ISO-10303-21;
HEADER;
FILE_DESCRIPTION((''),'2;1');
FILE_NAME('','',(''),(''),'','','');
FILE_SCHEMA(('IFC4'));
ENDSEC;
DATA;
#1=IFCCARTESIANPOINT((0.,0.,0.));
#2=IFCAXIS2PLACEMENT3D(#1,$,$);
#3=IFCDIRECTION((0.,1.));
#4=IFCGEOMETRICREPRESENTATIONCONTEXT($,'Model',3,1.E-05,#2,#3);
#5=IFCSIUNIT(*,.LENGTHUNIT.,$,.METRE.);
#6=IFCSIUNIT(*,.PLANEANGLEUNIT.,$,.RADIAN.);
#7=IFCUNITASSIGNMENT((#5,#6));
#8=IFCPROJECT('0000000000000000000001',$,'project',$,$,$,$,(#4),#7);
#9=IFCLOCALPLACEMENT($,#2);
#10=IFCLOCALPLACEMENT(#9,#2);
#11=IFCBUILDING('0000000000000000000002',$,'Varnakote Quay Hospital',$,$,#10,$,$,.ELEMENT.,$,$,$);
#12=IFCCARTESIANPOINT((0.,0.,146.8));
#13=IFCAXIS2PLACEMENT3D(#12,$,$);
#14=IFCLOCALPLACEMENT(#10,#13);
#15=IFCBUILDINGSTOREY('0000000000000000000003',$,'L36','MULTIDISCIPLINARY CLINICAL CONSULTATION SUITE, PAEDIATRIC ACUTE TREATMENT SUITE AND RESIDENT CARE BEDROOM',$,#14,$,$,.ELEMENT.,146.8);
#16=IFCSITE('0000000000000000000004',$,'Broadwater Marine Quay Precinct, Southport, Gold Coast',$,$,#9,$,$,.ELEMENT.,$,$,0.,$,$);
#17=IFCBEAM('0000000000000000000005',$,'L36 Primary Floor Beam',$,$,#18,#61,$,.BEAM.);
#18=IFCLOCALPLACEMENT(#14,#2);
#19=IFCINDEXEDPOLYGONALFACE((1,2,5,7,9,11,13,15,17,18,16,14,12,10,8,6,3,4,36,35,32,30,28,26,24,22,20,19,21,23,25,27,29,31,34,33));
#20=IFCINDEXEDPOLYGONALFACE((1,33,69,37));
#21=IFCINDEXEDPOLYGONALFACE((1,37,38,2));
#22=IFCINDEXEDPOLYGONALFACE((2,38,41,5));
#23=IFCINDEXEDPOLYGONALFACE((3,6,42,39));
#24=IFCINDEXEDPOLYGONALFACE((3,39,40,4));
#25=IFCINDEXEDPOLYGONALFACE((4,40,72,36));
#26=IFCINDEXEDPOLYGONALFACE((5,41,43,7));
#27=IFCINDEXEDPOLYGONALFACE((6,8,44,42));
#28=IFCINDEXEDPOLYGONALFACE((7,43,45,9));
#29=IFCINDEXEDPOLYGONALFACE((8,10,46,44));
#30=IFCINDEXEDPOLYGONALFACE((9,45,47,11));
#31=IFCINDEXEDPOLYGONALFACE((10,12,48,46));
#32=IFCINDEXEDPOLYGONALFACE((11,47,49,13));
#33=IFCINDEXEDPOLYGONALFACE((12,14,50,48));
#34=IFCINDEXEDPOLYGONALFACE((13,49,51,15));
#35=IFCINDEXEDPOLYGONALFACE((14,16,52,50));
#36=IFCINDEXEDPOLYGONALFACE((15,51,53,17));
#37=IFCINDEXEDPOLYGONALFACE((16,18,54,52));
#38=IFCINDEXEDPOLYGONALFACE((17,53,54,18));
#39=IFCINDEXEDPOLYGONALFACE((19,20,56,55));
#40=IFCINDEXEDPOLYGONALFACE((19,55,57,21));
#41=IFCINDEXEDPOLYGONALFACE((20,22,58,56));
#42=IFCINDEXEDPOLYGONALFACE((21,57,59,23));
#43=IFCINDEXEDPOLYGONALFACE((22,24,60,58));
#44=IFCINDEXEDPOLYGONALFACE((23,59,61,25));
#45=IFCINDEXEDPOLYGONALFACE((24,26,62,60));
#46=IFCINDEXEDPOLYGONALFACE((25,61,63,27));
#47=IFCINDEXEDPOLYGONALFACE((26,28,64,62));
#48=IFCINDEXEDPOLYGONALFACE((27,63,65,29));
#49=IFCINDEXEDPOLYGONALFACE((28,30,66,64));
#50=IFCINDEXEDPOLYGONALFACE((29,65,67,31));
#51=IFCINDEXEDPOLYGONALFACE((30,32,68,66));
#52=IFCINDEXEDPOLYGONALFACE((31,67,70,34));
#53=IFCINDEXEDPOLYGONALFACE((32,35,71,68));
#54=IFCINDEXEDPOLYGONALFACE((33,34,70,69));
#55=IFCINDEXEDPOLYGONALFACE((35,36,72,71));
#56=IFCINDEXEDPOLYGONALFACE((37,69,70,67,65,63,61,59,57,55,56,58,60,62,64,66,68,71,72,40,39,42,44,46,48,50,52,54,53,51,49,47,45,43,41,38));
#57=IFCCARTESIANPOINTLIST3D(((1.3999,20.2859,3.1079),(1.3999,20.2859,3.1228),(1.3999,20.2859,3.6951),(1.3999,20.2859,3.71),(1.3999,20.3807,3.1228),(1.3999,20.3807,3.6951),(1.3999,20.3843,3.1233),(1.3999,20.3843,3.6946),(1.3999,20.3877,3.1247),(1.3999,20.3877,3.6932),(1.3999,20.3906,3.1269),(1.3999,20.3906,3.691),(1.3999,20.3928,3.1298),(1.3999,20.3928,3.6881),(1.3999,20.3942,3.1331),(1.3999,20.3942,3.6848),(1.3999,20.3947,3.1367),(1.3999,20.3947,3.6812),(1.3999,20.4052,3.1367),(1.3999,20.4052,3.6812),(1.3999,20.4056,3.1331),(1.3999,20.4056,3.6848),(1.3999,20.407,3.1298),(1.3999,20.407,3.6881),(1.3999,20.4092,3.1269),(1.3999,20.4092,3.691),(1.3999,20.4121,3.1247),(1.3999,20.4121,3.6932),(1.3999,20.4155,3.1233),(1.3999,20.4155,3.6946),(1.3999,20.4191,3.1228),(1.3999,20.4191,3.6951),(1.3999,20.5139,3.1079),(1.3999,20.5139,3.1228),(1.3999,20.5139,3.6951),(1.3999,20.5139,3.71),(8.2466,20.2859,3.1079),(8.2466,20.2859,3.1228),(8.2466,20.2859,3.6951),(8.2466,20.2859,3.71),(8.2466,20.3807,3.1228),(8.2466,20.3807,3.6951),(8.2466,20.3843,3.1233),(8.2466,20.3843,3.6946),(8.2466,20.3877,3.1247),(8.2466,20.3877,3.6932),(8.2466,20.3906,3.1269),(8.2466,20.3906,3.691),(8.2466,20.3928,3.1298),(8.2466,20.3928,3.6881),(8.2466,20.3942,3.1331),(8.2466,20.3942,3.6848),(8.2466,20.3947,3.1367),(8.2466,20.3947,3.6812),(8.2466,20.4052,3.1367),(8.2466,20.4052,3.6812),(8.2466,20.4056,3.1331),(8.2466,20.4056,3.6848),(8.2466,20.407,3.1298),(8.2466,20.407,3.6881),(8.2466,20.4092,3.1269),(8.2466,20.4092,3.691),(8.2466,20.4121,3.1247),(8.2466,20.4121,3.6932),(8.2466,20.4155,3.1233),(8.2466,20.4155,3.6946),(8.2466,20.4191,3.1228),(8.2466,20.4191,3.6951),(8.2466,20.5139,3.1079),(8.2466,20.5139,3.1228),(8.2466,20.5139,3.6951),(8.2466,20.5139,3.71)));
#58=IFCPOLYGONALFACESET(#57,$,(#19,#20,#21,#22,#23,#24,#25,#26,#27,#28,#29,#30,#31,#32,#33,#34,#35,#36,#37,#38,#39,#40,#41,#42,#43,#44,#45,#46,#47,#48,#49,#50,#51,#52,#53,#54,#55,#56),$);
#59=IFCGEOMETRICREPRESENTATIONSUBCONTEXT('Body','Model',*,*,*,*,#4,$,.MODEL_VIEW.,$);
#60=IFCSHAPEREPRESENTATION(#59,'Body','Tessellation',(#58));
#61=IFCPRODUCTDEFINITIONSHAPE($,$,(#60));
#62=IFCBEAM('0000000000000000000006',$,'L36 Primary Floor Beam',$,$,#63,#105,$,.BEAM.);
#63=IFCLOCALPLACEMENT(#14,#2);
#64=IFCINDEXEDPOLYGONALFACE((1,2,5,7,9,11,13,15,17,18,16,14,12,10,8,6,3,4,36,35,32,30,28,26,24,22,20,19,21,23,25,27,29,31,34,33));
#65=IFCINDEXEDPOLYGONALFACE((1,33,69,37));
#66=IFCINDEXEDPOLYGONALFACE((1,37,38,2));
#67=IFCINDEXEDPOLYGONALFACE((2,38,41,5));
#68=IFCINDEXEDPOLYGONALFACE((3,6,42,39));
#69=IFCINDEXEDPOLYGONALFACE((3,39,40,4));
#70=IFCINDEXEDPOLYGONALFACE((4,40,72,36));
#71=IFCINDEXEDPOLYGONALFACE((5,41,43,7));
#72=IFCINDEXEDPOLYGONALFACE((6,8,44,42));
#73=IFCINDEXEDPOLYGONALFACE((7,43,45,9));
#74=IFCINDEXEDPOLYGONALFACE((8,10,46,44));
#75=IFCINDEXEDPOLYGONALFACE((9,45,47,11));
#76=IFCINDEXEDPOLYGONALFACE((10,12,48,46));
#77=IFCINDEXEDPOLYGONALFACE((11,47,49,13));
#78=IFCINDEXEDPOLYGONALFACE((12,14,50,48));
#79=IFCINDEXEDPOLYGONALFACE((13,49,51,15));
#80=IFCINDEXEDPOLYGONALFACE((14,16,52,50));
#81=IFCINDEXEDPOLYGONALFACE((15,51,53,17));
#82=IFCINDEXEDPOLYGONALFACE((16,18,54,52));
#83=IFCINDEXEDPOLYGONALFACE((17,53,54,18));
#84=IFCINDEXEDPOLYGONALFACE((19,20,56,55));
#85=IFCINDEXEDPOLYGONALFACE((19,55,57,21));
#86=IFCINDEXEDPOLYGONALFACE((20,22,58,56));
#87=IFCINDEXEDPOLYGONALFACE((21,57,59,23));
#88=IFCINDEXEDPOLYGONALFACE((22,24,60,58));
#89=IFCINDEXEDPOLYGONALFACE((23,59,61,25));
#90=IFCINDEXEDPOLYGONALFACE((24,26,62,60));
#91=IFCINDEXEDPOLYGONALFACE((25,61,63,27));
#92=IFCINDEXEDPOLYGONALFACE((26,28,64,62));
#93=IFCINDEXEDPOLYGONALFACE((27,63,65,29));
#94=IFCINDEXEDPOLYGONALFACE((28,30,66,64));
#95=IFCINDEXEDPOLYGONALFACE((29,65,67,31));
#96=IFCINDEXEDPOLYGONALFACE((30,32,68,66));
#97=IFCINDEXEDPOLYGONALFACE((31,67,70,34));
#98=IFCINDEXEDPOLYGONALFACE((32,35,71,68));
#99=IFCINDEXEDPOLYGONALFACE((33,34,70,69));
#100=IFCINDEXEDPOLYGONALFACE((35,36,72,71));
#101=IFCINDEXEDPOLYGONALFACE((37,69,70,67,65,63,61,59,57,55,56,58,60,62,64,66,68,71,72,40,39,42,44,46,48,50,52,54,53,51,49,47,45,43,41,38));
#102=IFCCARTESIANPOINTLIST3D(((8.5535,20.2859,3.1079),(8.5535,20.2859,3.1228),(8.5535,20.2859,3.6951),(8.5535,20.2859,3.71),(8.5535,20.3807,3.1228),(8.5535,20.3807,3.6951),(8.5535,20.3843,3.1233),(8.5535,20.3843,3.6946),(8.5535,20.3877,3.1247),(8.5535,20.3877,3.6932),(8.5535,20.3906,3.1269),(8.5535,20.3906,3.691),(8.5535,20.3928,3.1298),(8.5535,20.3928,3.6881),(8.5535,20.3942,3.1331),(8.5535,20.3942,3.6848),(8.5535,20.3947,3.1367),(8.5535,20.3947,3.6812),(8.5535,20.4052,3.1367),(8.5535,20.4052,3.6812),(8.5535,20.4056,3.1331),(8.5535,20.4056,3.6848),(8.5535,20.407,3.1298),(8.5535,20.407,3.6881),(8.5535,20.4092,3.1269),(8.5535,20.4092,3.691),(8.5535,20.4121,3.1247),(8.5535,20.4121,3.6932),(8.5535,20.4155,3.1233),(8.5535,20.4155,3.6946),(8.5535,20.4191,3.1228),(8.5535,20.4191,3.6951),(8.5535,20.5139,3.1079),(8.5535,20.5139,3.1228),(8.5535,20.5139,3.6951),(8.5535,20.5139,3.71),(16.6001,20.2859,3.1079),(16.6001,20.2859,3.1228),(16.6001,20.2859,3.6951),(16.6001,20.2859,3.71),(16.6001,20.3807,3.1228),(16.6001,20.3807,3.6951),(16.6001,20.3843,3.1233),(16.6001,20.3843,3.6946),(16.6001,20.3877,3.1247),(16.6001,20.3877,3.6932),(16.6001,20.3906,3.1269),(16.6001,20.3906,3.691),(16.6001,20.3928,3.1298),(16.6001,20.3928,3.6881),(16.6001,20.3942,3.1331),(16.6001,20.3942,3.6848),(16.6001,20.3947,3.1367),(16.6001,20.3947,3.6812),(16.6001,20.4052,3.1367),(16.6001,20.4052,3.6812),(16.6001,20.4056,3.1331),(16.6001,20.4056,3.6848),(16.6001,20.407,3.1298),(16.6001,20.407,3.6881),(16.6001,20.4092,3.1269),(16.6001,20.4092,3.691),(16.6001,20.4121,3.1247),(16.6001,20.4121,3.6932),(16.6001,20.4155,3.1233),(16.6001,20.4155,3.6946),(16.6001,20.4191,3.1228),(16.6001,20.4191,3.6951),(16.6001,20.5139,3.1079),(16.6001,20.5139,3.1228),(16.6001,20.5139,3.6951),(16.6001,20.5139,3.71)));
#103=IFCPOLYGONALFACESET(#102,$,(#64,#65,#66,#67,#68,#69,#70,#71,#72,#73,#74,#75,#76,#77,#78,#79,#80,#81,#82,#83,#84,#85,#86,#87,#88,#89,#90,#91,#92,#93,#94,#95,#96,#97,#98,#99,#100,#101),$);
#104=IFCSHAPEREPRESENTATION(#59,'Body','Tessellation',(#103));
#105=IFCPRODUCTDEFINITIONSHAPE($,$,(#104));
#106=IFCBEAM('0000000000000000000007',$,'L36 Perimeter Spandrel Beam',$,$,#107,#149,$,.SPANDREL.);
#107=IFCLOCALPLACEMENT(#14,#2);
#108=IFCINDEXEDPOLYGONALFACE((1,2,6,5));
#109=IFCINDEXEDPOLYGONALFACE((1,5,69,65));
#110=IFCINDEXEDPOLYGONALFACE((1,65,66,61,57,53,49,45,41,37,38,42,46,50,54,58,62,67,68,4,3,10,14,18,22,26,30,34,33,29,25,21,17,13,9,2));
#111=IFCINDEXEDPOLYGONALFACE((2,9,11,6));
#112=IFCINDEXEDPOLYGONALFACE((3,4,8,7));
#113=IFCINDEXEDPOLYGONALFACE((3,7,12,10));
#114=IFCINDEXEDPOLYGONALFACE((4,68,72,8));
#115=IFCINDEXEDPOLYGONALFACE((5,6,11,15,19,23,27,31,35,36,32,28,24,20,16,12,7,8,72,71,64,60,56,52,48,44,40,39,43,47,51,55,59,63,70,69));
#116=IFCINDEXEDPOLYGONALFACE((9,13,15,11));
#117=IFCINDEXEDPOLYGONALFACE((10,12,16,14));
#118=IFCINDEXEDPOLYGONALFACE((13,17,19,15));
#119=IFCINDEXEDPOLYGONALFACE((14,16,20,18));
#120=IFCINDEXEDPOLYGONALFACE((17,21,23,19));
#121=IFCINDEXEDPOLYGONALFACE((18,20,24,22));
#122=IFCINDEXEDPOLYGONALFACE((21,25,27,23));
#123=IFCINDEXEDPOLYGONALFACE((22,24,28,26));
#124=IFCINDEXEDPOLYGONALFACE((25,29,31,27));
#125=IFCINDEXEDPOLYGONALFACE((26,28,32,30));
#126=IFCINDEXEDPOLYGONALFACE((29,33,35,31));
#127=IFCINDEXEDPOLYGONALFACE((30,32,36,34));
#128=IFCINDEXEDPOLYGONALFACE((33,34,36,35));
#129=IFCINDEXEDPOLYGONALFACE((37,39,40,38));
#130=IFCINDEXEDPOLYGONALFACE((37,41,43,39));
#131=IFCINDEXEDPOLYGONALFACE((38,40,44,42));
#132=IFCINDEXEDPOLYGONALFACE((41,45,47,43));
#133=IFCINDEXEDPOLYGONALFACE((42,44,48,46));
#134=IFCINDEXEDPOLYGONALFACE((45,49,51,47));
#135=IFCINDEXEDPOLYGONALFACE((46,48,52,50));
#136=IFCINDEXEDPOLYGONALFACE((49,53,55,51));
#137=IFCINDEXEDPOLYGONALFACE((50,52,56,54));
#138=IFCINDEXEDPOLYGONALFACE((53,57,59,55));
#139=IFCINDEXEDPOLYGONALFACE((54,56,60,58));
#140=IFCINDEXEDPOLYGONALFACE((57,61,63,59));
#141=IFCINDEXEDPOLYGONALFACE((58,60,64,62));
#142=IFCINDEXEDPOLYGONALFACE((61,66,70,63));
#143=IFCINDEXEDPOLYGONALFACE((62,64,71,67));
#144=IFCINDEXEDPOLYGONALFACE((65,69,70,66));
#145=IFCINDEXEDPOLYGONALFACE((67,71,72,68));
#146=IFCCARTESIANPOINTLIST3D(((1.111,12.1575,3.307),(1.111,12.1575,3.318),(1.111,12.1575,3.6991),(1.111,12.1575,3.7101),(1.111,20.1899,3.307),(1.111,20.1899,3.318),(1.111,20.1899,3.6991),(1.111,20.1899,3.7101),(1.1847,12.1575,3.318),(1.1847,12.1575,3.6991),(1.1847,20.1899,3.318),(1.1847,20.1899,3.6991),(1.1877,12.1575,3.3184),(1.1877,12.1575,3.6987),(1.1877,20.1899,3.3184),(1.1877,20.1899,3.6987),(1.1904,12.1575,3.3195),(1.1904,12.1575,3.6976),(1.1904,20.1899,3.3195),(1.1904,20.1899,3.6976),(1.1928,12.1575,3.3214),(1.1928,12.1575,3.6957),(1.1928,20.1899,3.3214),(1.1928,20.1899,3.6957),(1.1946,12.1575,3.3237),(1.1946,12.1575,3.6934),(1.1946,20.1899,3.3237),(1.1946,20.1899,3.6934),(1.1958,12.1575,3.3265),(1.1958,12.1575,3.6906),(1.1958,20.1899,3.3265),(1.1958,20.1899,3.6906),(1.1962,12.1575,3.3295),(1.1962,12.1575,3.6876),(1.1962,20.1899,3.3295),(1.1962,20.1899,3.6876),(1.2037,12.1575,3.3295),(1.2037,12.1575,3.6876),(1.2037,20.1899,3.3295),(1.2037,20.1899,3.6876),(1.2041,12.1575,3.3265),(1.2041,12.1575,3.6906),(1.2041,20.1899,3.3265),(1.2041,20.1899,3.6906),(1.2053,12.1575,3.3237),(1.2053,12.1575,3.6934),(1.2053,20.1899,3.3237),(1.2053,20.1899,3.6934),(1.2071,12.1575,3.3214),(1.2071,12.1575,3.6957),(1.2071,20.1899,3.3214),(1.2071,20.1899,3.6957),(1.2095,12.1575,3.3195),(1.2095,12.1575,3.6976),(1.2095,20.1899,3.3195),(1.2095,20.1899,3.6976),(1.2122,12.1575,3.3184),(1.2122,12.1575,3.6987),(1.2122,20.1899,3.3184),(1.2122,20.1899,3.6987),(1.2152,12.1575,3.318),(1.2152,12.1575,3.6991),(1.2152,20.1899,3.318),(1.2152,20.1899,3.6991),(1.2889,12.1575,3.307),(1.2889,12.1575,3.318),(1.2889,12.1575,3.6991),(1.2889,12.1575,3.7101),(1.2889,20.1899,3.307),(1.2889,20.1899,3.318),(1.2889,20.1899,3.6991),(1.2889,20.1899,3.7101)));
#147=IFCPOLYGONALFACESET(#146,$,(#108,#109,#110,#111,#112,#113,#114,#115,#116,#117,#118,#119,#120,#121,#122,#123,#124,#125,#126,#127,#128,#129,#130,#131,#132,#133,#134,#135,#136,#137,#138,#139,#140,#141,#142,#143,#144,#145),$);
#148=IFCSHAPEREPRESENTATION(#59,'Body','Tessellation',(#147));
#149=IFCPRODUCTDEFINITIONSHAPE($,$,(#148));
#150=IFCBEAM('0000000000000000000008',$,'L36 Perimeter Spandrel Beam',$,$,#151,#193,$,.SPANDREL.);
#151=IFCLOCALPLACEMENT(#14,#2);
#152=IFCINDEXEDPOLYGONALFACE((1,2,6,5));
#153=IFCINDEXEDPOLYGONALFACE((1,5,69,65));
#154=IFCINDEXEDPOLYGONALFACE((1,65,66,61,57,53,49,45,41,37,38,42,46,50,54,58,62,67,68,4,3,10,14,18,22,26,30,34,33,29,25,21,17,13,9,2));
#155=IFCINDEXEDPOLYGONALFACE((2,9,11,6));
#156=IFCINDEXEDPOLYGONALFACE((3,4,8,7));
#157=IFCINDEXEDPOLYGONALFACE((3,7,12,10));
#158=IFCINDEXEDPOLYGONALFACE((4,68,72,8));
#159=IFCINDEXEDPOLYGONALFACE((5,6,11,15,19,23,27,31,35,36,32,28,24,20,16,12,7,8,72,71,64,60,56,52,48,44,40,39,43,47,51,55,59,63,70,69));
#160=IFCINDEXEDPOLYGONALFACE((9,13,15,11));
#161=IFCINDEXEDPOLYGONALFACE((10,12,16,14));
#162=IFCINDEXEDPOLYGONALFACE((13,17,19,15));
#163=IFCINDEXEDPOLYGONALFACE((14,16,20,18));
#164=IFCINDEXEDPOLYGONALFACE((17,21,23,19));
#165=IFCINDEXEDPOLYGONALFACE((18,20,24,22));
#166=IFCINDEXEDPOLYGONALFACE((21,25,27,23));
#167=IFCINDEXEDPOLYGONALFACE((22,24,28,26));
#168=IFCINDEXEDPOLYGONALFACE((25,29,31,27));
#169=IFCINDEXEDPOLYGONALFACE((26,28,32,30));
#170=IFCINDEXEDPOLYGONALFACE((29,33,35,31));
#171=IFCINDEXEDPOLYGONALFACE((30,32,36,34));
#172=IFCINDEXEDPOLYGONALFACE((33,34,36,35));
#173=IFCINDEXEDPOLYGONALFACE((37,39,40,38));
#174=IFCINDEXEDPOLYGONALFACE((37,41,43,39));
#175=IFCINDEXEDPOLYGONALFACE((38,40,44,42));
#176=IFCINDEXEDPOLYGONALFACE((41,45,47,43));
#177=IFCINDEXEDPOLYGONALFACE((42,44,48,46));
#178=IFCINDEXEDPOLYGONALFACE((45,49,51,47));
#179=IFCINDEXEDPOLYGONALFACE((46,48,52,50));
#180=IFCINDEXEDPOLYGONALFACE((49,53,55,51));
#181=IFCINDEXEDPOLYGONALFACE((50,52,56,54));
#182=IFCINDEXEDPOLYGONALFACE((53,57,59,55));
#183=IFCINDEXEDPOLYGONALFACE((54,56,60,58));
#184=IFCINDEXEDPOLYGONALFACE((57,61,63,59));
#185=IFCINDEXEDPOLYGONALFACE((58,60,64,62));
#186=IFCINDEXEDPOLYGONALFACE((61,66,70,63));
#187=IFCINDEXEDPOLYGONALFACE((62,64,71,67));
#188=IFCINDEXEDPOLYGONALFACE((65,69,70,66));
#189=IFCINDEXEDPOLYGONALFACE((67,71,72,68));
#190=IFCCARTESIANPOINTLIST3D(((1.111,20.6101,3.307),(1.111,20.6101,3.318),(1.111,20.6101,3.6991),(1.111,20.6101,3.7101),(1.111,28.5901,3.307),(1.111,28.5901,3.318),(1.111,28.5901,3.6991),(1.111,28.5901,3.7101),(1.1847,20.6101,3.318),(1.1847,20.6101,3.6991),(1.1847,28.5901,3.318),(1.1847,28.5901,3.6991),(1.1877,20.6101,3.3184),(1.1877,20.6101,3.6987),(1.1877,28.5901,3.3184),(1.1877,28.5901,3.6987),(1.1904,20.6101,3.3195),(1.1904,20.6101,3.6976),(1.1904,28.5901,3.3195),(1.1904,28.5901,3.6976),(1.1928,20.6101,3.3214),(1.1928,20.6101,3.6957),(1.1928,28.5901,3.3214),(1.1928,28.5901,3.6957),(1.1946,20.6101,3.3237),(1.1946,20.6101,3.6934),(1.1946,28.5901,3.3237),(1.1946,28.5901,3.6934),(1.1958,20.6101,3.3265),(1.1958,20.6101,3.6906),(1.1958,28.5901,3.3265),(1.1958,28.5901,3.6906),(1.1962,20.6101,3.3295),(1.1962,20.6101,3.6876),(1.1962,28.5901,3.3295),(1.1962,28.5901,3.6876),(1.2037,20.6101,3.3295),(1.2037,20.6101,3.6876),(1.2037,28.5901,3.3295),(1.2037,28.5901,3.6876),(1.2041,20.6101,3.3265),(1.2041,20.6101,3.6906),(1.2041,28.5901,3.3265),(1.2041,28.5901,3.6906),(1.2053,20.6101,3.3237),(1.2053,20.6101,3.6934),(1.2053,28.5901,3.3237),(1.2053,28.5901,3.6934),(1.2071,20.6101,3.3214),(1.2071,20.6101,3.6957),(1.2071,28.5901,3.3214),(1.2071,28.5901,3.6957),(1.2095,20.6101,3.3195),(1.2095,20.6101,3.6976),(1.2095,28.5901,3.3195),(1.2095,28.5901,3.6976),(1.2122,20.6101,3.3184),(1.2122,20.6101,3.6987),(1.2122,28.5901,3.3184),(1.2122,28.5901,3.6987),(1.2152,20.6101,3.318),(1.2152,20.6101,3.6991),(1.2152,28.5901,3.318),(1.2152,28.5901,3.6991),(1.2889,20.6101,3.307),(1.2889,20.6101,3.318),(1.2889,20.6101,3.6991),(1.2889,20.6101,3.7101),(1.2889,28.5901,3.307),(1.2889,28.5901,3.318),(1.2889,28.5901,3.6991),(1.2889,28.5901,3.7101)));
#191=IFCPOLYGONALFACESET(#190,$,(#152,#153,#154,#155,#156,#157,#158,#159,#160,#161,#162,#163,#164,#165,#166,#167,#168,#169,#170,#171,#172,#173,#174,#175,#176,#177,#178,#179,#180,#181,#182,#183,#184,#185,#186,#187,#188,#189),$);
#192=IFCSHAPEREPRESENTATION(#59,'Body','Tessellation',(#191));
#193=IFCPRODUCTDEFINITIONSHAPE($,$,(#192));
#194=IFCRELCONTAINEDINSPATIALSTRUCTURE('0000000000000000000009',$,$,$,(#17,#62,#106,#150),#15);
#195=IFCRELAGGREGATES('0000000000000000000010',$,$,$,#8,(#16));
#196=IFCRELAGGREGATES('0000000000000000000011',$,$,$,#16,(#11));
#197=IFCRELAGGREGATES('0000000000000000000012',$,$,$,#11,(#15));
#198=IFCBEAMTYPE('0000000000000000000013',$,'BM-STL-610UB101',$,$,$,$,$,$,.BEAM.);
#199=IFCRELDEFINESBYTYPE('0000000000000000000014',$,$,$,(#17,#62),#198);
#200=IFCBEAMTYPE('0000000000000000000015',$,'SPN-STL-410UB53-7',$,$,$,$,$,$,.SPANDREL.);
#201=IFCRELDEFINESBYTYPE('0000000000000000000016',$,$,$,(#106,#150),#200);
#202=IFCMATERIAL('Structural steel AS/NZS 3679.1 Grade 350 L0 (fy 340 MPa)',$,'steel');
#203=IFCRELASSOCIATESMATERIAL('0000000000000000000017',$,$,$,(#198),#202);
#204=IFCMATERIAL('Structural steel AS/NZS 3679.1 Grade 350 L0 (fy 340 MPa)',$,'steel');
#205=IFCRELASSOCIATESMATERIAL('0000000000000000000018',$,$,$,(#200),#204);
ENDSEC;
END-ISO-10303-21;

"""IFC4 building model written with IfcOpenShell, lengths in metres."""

from ifc_helpers import new_model, si_unit, direction, frame, origin, origin_2d, place, context, subcontext, project, spatial, i_section, extrude, material, material_profile, profile_set, type_object, element, save


model = new_model("IFC4")

# Units and contexts
model_context = context("Model", 3, precision=1e-05, world=origin(), true_north=direction((0.0, 1.0)))
body_context = subcontext(model_context, "Body", "Model", "MODEL_VIEW")
ifc_project = project(units=[si_unit("LENGTHUNIT", "METRE"), si_unit("PLANEANGLEUNIT", "RADIAN")], contexts=[model_context])

# Site, building, storey
site_placement = place(None, origin())
site = spatial("IfcSite", under=ifc_project, at=site_placement, Name="Broadwater Marine Quay Precinct, Southport, Gold Coast", CompositionType="ELEMENT", RefElevation=0.0)
building_placement = place(site_placement, origin())
building = spatial("IfcBuilding", under=site, at=building_placement, Name="Varnakote Quay Hospital", CompositionType="ELEMENT")
storey_placement = place(building_placement, frame((0.0, 0.0, 146.8)))
storey = spatial("IfcBuildingStorey", under=building, at=storey_placement, Name="L36", Description="MULTIDISCIPLINARY CLINICAL CONSULTATION SUITE, PAEDIATRIC ACUTE TREATMENT SUITE AND RESIDENT CARE BEDROOM", CompositionType="ELEMENT", Elevation=146.8)

# Beams
ifc_material_1 = material(Name="Structural steel AS/NZS 3679.1 Grade 350 L0 (fy 340 MPa)", Category="steel")
ifc_material_profile_1 = material_profile(ifc_material_1, i_section(OverallWidth=0.228, OverallDepth=0.6021, WebThickness=0.0105, FlangeThickness=0.0149, FilletRadius=0.0139, at=origin_2d()), Name="610UB101")
ifc_profile_set_1 = profile_set([ifc_material_profile_1], Name="Structural steel AS/NZS 3679.1 Grade 350 L0 (fy 340 MPa)")
beam_type_1 = type_object("IfcBeamType", Name="BM-STL-610UB101", PredefinedType="BEAM", material=ifc_profile_set_1)
beam_1_placement = place(storey_placement, frame((1.3999, 20.3999, 3.4089), z_axis=(1.0, 0.0, 0.0), x_axis=(0.0, 1.0, 0.0)))
element("IfcBeam", 1, at=beam_1_placement, inside=storey, type_object=beam_type_1, Name="L36 Primary Floor Beam", PredefinedType="BEAM", context=body_context, shape_type="SweptSolid", body=[
    extrude(i_section(OverallWidth=0.228, OverallDepth=0.6021, WebThickness=0.0105, FlangeThickness=0.0149, FilletRadius=0.0139, at=origin_2d()), origin(), (0.0, 0.0, 1.0), 6.8467),
])
beam_2_placement = place(storey_placement, frame((8.5535, 20.3999, 3.4089), z_axis=(1.0, 0.0, 0.0), x_axis=(0.0, 1.0, 0.0)))
element("IfcBeam", 2, at=beam_2_placement, inside=storey, type_object=beam_type_1, Name="L36 Primary Floor Beam", PredefinedType="BEAM", context=body_context, shape_type="SweptSolid", body=[
    extrude(i_section(OverallWidth=0.228, OverallDepth=0.6021, WebThickness=0.0105, FlangeThickness=0.0149, FilletRadius=0.0139, at=origin_2d()), origin(), (0.0, 0.0, 1.0), 8.0466),
])
ifc_material_2 = material(Name="Structural steel AS/NZS 3679.1 Grade 350 L0 (fy 340 MPa)", Category="steel")
ifc_material_profile_2 = material_profile(ifc_material_2, i_section(OverallWidth=0.178, OverallDepth=0.4031, WebThickness=0.0076, FlangeThickness=0.011, FilletRadius=0.0115, at=origin_2d()), Name="410UB53.7")
ifc_profile_set_2 = profile_set([ifc_material_profile_2], Name="Structural steel AS/NZS 3679.1 Grade 350 L0 (fy 340 MPa)")
beam_type_2 = type_object("IfcBeamType", Name="SPN-STL-410UB53-7", PredefinedType="SPANDREL", material=ifc_profile_set_2)
beam_3_placement = place(storey_placement, frame((1.2, 12.1575, 3.5085), z_axis=(0.0, 1.0, 0.0), x_axis=(-1.0, 0.0, 0.0)))
element("IfcBeam", 3, at=beam_3_placement, inside=storey, type_object=beam_type_2, Name="L36 Perimeter Spandrel Beam", PredefinedType="SPANDREL", context=body_context, shape_type="SweptSolid", body=[
    extrude(i_section(OverallWidth=0.178, OverallDepth=0.4031, WebThickness=0.0076, FlangeThickness=0.011, FilletRadius=0.0115, at=origin_2d()), origin(), (0.0, 0.0, 1.0), 8.0325),
])
beam_4_placement = place(storey_placement, frame((1.2, 20.6101, 3.5085), z_axis=(0.0, 1.0, 0.0), x_axis=(-1.0, 0.0, 0.0)))
element("IfcBeam", 4, at=beam_4_placement, inside=storey, type_object=beam_type_2, Name="L36 Perimeter Spandrel Beam", PredefinedType="SPANDREL", context=body_context, shape_type="SweptSolid", body=[
    extrude(i_section(OverallWidth=0.178, OverallDepth=0.4031, WebThickness=0.0076, FlangeThickness=0.011, FilletRadius=0.0115, at=origin_2d()), origin(), (0.0, 0.0, 1.0), 7.98),
])

save(model, "model.ifc")
